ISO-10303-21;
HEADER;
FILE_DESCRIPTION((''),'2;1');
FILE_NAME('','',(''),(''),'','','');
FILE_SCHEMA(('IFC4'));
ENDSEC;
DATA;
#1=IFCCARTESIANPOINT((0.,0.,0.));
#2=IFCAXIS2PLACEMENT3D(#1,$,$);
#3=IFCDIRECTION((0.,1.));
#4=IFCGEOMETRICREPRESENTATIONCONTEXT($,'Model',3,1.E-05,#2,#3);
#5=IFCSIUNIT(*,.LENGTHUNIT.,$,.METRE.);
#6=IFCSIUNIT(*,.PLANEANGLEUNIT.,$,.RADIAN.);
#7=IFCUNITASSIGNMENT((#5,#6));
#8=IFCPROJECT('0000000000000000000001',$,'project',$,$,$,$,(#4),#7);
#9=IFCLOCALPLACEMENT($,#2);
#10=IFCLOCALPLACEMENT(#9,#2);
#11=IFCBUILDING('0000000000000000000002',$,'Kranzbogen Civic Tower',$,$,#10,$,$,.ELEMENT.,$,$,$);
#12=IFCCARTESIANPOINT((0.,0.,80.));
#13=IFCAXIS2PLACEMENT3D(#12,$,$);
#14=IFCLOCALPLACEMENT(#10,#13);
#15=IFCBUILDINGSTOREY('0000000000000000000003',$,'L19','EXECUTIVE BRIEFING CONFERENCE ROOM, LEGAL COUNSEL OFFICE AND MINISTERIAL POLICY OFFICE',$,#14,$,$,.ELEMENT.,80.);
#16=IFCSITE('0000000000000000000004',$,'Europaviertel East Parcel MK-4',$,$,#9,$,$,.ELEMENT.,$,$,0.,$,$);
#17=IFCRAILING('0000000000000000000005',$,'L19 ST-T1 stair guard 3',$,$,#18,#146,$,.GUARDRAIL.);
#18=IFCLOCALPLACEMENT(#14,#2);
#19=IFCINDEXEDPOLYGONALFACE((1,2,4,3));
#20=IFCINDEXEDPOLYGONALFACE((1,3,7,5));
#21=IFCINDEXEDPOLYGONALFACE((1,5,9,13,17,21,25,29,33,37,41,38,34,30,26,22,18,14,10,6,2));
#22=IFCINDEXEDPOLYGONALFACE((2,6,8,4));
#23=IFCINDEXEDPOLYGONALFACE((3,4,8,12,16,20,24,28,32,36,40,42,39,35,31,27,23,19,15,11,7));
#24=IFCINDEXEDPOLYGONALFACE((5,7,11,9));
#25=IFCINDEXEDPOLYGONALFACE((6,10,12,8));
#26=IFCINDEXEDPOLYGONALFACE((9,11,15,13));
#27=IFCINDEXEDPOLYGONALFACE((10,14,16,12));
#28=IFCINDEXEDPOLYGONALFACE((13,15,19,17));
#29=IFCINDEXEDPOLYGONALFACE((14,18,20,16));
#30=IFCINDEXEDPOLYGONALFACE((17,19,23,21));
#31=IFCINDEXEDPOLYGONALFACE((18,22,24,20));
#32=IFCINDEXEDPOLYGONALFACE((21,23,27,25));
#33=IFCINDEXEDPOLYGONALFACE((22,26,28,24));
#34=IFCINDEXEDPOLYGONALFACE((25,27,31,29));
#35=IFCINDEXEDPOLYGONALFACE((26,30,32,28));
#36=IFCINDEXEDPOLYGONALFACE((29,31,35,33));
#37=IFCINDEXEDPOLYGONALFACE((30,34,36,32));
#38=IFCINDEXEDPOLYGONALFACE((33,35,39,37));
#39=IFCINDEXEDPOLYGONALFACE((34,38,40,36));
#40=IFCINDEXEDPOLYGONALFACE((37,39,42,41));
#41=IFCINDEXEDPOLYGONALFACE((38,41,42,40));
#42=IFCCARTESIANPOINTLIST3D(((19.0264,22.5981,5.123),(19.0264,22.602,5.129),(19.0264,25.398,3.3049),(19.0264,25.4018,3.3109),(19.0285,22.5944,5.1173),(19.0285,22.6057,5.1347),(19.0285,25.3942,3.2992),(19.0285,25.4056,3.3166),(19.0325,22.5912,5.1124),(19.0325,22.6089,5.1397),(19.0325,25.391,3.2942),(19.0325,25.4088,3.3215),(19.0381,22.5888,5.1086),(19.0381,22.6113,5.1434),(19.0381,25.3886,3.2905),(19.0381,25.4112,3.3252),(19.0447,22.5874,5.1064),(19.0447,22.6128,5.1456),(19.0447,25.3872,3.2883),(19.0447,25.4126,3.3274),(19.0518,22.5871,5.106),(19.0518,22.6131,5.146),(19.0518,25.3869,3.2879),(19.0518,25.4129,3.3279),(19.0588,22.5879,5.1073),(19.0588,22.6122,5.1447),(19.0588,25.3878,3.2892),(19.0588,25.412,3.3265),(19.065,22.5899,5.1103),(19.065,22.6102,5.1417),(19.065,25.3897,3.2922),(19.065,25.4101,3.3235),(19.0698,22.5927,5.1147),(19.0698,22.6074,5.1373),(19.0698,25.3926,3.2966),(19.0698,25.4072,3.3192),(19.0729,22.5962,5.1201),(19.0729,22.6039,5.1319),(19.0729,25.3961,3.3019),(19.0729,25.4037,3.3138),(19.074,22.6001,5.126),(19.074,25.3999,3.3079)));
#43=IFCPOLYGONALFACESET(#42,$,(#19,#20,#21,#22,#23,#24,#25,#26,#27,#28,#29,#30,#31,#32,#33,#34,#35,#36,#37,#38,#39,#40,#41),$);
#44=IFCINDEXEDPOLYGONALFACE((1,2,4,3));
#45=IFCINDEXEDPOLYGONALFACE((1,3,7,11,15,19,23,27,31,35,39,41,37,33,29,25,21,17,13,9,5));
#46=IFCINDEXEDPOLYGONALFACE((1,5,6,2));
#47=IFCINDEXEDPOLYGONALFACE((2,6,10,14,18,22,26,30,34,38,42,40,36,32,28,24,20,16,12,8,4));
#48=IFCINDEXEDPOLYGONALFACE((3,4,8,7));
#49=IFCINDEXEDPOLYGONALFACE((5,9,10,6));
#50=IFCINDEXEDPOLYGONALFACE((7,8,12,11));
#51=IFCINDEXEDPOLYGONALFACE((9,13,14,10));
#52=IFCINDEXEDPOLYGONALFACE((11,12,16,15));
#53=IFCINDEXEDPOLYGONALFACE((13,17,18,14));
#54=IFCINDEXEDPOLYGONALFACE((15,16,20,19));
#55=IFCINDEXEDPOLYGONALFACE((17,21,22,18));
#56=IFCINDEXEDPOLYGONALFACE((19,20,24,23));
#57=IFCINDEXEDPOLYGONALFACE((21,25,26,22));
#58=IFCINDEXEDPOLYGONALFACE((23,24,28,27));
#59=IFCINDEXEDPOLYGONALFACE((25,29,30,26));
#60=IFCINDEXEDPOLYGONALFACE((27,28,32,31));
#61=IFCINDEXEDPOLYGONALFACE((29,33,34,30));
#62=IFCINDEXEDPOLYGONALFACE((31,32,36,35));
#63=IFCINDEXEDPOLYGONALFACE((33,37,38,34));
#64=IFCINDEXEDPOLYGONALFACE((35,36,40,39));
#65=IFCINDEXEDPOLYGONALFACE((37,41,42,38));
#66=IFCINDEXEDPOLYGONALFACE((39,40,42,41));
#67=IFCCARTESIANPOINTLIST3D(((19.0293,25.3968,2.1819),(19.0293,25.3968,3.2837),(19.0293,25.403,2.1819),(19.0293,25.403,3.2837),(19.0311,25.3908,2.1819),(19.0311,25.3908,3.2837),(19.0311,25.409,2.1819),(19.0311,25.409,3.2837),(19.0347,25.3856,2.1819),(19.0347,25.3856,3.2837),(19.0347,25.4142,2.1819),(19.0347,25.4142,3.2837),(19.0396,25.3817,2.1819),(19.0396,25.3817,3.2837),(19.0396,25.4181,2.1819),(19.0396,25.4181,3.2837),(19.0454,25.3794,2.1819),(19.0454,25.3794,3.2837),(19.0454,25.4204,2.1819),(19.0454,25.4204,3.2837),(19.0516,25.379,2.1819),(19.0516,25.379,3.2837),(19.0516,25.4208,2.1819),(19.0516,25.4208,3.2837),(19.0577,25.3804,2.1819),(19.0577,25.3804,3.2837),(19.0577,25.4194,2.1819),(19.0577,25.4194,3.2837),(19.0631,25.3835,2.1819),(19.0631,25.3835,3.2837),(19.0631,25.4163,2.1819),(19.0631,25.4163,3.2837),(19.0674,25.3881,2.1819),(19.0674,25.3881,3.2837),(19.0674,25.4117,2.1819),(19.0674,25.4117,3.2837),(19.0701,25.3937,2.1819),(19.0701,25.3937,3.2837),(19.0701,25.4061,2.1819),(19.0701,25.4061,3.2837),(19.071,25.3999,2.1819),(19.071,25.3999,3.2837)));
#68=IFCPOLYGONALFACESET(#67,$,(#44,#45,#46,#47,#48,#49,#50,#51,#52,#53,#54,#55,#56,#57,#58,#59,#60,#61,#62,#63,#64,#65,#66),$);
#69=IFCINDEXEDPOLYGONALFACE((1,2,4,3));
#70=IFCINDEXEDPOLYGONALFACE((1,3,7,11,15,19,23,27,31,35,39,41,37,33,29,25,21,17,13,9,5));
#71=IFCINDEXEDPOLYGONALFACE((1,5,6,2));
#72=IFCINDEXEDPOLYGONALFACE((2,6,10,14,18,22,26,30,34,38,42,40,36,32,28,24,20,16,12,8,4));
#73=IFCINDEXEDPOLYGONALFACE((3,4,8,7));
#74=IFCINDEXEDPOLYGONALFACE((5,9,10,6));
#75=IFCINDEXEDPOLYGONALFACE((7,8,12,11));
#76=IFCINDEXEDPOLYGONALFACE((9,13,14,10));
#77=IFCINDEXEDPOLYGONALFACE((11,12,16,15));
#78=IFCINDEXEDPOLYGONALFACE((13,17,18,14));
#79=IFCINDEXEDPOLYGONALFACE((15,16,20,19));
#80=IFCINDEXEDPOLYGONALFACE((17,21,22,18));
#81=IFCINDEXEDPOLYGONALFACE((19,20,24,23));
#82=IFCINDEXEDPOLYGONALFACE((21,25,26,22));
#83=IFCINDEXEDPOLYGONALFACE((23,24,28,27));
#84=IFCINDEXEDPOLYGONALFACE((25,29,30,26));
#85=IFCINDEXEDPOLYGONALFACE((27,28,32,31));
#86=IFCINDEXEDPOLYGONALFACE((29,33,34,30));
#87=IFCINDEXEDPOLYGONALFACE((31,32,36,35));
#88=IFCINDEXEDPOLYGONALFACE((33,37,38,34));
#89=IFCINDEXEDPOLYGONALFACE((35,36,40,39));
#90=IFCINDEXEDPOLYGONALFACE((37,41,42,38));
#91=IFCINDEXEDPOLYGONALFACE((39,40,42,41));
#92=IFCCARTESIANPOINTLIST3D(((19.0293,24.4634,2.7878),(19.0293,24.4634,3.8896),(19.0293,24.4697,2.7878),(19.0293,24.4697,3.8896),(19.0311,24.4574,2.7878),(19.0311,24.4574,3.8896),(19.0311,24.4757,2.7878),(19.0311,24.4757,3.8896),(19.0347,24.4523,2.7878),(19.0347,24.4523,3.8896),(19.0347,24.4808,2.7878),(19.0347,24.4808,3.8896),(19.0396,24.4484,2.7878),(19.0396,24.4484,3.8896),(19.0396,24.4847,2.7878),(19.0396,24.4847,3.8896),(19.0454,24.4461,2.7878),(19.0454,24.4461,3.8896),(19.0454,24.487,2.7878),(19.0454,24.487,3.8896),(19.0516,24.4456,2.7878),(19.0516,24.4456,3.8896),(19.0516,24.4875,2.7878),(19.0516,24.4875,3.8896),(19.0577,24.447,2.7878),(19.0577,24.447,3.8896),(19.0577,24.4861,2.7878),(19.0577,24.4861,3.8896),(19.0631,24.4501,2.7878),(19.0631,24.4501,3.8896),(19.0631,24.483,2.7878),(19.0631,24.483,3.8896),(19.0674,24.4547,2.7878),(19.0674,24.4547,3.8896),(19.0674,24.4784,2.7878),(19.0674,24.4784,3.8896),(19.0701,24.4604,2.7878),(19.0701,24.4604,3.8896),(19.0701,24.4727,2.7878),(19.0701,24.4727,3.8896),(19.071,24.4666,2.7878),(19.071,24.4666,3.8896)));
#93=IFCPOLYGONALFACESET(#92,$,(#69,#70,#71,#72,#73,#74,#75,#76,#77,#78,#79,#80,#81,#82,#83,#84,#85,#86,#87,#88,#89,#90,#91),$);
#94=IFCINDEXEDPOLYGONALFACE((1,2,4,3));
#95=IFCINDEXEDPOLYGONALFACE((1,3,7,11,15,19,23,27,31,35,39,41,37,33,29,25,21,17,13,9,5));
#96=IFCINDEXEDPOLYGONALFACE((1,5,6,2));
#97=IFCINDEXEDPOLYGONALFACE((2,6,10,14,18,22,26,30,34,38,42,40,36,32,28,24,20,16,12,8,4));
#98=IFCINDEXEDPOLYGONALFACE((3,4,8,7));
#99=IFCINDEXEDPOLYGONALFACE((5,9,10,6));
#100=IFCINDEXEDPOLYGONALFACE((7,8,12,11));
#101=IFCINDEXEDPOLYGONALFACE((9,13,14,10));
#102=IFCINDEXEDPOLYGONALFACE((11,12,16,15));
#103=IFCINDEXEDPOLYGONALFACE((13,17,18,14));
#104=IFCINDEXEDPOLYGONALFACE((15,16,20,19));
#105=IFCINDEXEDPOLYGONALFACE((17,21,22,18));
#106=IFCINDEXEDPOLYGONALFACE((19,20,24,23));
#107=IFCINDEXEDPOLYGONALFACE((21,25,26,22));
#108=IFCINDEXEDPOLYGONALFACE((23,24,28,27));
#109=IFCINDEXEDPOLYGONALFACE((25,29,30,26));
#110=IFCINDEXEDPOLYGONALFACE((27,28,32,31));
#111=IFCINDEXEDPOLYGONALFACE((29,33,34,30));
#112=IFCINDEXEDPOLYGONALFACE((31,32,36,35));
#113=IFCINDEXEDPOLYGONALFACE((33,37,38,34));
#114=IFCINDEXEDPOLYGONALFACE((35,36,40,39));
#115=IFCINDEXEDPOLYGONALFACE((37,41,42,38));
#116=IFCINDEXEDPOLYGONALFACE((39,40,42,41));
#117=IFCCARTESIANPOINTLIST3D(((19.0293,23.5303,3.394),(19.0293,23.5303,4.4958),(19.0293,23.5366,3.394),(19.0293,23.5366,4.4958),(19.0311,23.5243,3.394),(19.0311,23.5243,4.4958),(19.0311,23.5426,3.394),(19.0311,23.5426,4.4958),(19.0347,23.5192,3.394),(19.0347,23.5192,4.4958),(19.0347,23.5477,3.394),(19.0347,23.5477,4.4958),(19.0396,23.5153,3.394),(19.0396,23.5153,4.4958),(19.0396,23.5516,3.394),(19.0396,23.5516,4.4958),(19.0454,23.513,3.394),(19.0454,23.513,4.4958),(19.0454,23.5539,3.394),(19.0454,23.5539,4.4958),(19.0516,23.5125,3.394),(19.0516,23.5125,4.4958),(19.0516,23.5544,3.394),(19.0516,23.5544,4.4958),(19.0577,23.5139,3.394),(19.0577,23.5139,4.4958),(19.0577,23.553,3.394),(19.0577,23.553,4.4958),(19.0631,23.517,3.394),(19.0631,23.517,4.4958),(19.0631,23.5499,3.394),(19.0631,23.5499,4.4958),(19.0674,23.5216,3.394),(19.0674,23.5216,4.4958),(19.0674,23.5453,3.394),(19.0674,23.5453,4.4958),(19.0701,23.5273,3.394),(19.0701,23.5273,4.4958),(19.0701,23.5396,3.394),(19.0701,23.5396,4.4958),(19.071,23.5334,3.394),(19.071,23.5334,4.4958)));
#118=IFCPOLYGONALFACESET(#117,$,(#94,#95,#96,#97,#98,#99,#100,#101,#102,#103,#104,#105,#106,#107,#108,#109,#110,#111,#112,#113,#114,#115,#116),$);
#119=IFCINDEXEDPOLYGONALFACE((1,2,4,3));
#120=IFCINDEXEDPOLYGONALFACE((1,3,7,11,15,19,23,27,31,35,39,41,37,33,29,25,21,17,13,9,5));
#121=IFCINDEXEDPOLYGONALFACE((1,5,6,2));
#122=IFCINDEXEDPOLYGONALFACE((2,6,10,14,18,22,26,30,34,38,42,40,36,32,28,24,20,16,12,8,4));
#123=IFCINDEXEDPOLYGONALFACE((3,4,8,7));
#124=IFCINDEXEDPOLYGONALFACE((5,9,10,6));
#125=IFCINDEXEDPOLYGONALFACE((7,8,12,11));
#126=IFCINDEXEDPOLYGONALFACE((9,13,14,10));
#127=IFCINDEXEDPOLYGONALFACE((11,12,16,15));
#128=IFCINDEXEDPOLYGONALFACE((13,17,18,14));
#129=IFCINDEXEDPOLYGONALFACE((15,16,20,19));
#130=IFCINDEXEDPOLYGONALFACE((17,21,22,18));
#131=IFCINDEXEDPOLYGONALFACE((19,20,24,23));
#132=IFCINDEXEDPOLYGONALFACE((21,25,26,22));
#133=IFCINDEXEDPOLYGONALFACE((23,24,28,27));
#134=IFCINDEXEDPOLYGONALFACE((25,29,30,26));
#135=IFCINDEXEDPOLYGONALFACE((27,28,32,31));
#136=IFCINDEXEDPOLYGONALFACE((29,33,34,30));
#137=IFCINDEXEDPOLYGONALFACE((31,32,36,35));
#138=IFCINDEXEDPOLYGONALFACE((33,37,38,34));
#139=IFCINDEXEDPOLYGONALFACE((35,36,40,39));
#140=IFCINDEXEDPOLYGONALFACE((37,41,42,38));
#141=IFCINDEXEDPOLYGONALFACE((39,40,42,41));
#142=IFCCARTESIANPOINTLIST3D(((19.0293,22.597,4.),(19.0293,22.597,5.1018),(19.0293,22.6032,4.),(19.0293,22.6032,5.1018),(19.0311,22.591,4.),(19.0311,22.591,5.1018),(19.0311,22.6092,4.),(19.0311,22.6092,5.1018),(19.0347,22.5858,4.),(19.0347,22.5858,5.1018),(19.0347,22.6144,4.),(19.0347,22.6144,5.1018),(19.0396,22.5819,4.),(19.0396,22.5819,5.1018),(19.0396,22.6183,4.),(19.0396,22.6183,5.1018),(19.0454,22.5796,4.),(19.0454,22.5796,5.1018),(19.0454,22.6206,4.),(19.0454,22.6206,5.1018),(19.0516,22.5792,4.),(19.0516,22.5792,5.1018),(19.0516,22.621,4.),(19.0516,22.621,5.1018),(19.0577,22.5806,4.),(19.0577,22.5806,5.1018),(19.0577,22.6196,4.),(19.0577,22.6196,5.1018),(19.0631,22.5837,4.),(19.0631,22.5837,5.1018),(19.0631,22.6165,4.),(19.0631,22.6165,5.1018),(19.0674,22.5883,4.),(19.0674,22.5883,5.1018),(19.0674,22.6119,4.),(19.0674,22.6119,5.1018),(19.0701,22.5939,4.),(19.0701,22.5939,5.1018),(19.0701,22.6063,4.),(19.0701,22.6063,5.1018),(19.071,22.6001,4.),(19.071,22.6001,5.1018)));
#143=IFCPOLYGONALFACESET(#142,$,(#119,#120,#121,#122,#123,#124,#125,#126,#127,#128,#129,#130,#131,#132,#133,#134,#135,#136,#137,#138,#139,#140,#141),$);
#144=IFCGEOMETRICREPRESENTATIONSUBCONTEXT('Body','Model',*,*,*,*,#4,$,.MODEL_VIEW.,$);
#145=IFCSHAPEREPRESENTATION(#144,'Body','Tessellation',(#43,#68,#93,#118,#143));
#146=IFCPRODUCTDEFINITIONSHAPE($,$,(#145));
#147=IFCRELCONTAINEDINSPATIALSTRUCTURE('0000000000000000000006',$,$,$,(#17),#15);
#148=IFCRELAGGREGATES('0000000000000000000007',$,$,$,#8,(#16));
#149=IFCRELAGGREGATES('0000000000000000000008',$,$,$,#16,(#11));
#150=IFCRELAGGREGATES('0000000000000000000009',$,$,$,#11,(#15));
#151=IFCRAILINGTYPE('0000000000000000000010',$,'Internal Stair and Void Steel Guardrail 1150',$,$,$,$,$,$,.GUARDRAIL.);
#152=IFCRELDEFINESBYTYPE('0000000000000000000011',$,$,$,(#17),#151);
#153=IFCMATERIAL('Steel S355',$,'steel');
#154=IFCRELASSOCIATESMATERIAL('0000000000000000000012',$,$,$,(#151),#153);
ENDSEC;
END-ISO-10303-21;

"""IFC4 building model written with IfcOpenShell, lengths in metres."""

from ifc_helpers import new_model, si_unit, direction, frame, origin, origin_2d, place, context, subcontext, project, spatial, circle, extrude, material, type_object, element, save


model = new_model("IFC4")

# Units and contexts
model_context = context("Model", 3, precision=1e-05, world=origin(), true_north=direction((0.0, 1.0)))
body_context = subcontext(model_context, "Body", "Model", "MODEL_VIEW")
ifc_project = project(units=[si_unit("LENGTHUNIT", "METRE"), si_unit("PLANEANGLEUNIT", "RADIAN")], contexts=[model_context])

# Site, building, storey
site_placement = place(None, origin())
site = spatial("IfcSite", under=ifc_project, at=site_placement, Name="Europaviertel East Parcel MK-4", CompositionType="ELEMENT", RefElevation=0.0)
building_placement = place(site_placement, origin())
building = spatial("IfcBuilding", under=site, at=building_placement, Name="Kranzbogen Civic Tower", CompositionType="ELEMENT")
storey_placement = place(building_placement, frame((0.0, 0.0, 80.0)))
storey = spatial("IfcBuildingStorey", under=building, at=storey_placement, Name="L19", Description="EXECUTIVE BRIEFING CONFERENCE ROOM, LEGAL COUNSEL OFFICE AND MINISTERIAL POLICY OFFICE", CompositionType="ELEMENT", Elevation=80.0)

# Shared definitions
ifc_material_1 = material(Name="Steel S355", Category="steel")

# Railing
railing_type_1 = type_object("IfcRailingType", Name="Internal Stair and Void Steel Guardrail 1150", PredefinedType="GUARDRAIL", material=ifc_material_1)
railing_1_placement = place(storey_placement, frame((19.05, 25.3999, 2.1819)))
element("IfcRailing", 1, at=railing_1_placement, inside=storey, type_object=railing_type_1, Name="L19 ST-T1 stair guard 3", PredefinedType="GUARDRAIL", context=body_context, shape_type="SweptSolid", body=[
    extrude(circle(Radius=0.0239, at=origin_2d()), frame((0.0, 0.0, 1.126), z_axis=(0.0, -0.838684, 0.544618), x_axis=(1.0, 0.0, 0.0)), (0.0, 0.0, 1.0), 3.3384),
    extrude(circle(Radius=0.021, at=origin_2d()), origin(), (0.0, 0.0, 1.0), 1.1018),
    extrude(circle(Radius=0.021, at=origin_2d()), frame((0.0, -0.9333, 0.606)), (0.0, 0.0, 1.0), 1.1018),
    extrude(circle(Radius=0.021, at=origin_2d()), frame((0.0, -1.8665, 1.2122)), (0.0, 0.0, 1.0), 1.1018),
    extrude(circle(Radius=0.021, at=origin_2d()), frame((0.0, -2.7998, 1.8181)), (0.0, 0.0, 1.0), 1.1018),
])

save(model, "model.ifc")
